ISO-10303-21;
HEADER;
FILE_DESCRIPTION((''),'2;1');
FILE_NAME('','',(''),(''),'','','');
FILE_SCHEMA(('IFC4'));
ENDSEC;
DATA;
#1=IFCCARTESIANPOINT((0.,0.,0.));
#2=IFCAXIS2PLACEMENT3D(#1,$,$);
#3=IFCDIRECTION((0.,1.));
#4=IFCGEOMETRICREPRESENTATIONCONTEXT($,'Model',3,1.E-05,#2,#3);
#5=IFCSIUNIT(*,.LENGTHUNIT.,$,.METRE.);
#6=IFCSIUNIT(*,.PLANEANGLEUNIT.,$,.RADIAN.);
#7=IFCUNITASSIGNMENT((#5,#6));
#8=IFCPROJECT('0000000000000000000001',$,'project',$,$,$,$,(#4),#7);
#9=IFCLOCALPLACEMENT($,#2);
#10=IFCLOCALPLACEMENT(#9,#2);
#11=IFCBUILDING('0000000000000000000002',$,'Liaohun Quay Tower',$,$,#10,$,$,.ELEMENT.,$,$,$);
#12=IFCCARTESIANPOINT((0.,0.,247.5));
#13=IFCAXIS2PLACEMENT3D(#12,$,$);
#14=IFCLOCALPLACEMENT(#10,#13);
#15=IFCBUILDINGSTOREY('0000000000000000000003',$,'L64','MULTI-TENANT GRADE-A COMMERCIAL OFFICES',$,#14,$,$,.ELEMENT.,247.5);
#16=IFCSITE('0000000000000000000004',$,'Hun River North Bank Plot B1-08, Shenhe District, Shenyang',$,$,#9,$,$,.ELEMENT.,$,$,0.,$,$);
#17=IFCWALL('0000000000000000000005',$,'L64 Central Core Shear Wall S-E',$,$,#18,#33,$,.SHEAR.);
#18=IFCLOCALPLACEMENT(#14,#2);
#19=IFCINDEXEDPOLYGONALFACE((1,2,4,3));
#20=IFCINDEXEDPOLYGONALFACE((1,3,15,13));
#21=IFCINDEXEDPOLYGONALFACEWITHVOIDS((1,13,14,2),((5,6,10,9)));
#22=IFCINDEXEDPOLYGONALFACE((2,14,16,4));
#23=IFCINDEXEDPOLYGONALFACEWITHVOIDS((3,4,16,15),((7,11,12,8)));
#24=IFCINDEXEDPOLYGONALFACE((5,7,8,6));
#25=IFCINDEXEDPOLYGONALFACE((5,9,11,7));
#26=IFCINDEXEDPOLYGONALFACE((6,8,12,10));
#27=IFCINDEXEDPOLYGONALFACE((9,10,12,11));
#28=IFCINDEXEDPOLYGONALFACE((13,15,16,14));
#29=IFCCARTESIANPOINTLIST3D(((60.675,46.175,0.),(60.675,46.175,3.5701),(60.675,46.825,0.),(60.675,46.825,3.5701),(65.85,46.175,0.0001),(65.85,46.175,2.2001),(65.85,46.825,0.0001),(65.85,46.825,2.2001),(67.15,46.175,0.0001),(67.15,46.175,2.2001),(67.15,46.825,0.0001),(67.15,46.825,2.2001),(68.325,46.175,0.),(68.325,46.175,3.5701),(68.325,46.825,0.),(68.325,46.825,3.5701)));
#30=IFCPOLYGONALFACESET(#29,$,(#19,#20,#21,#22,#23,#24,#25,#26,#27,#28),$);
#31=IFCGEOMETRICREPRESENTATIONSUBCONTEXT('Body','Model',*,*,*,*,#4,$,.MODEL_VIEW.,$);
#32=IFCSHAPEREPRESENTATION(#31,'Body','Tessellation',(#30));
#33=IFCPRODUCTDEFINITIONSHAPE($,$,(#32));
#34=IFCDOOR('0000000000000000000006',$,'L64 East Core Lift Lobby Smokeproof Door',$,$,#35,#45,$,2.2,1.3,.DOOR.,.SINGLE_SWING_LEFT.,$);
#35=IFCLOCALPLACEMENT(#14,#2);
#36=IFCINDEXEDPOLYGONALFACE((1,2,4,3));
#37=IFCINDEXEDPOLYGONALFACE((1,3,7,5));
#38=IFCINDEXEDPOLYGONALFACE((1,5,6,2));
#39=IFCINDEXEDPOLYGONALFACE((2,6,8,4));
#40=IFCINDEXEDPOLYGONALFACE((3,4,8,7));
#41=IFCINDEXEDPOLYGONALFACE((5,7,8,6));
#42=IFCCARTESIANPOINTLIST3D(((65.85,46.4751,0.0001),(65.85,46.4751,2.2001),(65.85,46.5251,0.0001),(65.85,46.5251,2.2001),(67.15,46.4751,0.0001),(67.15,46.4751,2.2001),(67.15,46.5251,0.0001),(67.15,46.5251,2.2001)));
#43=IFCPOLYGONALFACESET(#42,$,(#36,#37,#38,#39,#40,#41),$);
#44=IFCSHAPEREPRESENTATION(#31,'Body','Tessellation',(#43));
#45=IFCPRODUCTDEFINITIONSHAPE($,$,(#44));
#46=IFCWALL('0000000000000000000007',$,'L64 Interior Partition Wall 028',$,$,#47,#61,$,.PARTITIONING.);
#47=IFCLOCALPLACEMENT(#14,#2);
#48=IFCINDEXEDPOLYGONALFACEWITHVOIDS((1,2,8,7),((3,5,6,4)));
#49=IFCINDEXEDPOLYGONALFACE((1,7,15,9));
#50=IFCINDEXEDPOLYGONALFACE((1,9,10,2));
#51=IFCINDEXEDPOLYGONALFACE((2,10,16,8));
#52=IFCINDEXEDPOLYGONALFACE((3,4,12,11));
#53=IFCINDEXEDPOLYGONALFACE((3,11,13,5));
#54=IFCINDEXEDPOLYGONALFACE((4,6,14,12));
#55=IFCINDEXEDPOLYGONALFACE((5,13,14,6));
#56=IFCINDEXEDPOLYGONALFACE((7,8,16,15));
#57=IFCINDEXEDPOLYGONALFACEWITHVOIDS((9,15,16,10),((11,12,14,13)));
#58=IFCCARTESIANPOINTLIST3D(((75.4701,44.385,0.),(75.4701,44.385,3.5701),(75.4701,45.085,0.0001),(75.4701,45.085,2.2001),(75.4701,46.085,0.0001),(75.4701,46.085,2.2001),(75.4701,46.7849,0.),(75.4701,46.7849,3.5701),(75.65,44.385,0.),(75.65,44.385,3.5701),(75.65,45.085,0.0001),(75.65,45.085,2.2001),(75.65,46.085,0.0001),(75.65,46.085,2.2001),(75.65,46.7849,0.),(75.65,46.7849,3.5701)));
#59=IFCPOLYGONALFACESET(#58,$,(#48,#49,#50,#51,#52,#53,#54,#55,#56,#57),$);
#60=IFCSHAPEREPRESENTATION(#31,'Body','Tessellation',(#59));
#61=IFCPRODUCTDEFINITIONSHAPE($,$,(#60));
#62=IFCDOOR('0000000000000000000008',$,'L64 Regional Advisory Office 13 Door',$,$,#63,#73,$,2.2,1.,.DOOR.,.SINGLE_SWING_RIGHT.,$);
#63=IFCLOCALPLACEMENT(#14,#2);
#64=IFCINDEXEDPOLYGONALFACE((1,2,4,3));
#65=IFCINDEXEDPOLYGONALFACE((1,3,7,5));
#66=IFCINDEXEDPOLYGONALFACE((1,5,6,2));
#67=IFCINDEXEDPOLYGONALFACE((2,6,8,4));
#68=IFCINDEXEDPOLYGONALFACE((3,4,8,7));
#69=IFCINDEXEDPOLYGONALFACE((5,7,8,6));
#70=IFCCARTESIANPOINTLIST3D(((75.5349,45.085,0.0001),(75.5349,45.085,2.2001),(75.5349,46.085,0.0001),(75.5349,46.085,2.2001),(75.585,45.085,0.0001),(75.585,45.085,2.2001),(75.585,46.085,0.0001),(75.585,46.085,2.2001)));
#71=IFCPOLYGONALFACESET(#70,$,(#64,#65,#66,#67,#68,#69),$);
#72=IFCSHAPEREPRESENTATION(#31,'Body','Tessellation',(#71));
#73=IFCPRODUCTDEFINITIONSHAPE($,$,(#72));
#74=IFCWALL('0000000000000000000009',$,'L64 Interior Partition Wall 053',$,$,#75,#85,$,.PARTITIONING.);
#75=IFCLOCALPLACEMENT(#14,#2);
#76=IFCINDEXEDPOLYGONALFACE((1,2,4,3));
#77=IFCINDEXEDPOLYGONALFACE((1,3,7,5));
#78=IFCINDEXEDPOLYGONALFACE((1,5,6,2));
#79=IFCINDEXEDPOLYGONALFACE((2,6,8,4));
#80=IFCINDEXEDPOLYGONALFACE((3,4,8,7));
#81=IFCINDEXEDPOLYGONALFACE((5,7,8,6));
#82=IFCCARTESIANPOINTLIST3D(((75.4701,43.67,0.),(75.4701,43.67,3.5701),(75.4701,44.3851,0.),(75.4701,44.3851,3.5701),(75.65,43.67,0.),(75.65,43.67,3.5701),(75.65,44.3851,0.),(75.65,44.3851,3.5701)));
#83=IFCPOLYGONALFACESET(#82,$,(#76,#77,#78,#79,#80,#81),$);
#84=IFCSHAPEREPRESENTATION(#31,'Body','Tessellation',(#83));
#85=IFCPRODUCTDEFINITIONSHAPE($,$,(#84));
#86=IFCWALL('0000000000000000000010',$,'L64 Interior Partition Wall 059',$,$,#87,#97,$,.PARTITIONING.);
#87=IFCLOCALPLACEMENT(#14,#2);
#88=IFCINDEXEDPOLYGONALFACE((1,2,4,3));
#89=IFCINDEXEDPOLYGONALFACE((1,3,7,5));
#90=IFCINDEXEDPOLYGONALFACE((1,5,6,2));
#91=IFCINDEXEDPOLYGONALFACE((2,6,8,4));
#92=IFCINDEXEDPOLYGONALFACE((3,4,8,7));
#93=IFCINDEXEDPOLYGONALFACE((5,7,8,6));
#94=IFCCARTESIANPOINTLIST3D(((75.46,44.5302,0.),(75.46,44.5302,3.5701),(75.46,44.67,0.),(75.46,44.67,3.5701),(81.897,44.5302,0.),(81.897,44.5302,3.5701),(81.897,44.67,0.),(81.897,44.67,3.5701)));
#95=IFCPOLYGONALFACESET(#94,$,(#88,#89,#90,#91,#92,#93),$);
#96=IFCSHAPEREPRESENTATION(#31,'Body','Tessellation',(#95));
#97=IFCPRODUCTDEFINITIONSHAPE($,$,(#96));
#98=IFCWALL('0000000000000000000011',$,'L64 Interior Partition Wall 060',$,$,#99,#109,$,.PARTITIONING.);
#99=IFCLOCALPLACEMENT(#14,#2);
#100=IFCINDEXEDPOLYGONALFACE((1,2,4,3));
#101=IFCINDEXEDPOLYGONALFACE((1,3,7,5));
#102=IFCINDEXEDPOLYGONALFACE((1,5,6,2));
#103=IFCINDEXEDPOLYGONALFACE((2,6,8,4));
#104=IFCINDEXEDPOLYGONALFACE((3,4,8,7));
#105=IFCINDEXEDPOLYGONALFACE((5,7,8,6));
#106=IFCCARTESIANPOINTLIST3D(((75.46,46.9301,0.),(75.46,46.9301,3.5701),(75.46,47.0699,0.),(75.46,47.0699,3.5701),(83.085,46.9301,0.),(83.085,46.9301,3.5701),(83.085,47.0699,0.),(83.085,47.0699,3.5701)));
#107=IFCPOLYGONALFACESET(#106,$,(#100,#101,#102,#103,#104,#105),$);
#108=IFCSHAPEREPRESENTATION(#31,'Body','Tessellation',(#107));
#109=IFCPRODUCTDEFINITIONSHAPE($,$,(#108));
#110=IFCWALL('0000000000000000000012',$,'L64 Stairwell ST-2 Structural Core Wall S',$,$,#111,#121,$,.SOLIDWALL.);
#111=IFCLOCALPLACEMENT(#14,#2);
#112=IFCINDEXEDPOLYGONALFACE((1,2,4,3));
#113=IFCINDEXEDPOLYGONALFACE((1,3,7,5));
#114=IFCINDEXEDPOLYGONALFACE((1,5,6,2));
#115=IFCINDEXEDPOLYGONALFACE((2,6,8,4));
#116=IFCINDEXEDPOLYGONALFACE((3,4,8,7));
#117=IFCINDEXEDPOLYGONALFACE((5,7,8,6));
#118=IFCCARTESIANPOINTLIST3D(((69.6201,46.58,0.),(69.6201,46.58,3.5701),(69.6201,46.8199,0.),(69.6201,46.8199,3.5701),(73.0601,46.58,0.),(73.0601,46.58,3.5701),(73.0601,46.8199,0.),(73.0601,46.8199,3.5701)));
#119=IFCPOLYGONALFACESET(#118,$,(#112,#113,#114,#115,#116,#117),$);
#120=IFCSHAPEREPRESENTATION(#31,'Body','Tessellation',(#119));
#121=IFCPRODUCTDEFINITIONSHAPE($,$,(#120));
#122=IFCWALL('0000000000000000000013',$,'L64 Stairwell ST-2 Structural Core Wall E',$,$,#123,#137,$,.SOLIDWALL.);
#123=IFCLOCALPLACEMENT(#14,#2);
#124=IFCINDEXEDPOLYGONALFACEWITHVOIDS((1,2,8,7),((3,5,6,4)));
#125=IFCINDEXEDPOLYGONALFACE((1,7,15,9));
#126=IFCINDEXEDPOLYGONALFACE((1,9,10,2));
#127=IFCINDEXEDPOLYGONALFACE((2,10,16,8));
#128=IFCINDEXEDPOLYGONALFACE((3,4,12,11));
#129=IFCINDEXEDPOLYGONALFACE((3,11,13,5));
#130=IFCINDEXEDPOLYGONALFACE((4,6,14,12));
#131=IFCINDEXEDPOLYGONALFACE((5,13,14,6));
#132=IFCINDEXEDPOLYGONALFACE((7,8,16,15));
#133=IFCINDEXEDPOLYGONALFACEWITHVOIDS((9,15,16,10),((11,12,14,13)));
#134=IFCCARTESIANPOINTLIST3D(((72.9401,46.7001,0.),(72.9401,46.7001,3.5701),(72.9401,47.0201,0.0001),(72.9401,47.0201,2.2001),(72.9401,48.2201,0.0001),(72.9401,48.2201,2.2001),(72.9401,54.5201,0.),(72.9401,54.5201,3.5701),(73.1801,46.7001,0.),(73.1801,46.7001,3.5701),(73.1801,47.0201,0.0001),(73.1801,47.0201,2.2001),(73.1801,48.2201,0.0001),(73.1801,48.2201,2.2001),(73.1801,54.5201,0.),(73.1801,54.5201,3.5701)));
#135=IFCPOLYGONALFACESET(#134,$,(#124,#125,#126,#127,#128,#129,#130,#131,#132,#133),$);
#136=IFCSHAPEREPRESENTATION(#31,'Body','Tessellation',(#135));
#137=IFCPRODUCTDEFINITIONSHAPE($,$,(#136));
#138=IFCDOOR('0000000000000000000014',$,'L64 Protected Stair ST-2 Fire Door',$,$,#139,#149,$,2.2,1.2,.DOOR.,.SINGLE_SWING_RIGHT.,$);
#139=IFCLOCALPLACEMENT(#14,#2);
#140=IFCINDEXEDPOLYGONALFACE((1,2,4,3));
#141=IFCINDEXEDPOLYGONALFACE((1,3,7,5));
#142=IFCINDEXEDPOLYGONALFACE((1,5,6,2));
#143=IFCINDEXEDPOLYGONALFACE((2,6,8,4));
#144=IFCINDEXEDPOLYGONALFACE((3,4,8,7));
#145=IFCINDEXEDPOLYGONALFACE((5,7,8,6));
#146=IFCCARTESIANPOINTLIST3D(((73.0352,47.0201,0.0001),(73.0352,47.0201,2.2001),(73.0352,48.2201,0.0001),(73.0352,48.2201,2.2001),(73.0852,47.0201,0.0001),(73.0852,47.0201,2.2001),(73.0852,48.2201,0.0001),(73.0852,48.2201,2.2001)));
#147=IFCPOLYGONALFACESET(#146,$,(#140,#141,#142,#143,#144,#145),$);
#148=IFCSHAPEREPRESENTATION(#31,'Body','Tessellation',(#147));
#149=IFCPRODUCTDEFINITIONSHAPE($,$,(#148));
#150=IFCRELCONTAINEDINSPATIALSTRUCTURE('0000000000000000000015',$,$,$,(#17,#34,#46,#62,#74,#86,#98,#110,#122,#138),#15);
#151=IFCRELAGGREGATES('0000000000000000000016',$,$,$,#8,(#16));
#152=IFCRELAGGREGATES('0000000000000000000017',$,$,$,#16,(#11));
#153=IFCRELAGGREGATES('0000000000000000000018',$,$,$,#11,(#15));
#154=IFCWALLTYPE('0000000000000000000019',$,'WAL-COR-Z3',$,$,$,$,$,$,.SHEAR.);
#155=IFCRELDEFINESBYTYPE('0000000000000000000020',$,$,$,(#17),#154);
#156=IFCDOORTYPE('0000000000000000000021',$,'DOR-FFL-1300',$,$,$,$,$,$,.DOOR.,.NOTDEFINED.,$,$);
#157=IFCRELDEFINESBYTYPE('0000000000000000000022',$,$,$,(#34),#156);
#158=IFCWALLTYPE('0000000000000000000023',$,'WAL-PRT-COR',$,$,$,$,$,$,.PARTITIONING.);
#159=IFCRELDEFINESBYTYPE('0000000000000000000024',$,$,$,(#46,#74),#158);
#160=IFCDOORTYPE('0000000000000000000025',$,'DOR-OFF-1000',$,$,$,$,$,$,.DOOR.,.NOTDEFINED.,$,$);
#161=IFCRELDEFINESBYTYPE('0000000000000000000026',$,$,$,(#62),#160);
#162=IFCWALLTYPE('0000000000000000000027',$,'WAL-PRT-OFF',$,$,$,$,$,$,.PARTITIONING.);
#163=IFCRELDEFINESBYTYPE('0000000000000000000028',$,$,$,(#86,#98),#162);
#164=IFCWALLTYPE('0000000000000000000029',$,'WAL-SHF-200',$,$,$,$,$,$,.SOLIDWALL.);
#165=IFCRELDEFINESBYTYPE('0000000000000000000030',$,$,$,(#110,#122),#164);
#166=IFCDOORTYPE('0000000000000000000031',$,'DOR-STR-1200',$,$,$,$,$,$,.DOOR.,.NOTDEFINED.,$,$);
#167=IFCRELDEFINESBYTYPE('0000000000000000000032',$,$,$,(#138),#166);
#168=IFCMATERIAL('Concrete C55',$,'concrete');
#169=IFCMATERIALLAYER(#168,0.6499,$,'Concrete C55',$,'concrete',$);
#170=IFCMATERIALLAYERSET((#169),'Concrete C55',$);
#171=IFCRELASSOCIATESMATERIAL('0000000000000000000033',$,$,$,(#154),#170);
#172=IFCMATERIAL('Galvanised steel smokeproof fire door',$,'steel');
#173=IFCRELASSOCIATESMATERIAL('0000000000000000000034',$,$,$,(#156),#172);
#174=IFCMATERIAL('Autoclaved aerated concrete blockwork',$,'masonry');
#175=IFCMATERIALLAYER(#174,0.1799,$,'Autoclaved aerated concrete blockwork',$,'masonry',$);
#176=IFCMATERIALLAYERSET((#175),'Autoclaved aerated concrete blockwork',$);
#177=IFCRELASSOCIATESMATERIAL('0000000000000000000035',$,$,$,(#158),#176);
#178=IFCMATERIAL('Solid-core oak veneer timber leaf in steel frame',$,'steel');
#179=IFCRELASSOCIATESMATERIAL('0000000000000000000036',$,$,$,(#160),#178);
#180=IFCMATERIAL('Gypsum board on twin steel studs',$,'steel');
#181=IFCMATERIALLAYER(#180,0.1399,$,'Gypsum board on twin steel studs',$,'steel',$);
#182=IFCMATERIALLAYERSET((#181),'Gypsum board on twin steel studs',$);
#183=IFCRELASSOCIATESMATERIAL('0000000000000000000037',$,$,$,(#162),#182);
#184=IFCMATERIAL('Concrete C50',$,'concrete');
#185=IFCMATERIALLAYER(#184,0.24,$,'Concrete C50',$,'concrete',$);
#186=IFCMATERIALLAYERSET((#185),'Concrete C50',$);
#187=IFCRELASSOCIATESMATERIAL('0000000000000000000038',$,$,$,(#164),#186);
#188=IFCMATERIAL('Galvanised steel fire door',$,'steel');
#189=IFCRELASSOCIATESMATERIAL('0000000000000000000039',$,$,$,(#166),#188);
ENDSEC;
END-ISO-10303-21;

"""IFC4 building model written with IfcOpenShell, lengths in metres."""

from ifc_helpers import new_model, si_unit, direction, frame, frame_2d, origin, place, context, subcontext, project, spatial, rectangle, extrude, source, transform, mapped, material, layer, layer_set, type_object, element, fill, save


model = new_model("IFC4")

# Units and contexts
model_context = context("Model", 3, precision=1e-05, world=origin(), true_north=direction((0.0, 1.0)))
body_context = subcontext(model_context, "Body", "Model", "MODEL_VIEW")
ifc_project = project(units=[si_unit("LENGTHUNIT", "METRE"), si_unit("PLANEANGLEUNIT", "RADIAN")], contexts=[model_context])

# Site, building, storey
site_placement = place(None, origin())
site = spatial("IfcSite", under=ifc_project, at=site_placement, Name="Hun River North Bank Plot B1-08, Shenhe District, Shenyang", CompositionType="ELEMENT", RefElevation=0.0)
building_placement = place(site_placement, origin())
building = spatial("IfcBuilding", under=site, at=building_placement, Name="Liaohun Quay Tower", CompositionType="ELEMENT")
storey_placement = place(building_placement, frame((0.0, 0.0, 247.5)))
storey = spatial("IfcBuildingStorey", under=building, at=storey_placement, Name="L64", Description="MULTI-TENANT GRADE-A COMMERCIAL OFFICES", CompositionType="ELEMENT", Elevation=247.5)

# Shared definitions
ifc_material_1 = material(Name="Concrete C55", Category="concrete")

# Walls, openings, doors
ifc_layer_1 = layer(ifc_material_1, 0.6499, Name="Concrete C55", Category="concrete")
ifc_layer_set_1 = layer_set([ifc_layer_1], Name="Concrete C55")
wall_type_1 = type_object("IfcWallType", Name="WAL-COR-Z3", PredefinedType="SHEAR", material=ifc_layer_set_1)
wall_1_placement = place(storey_placement, frame((68.325, 46.5, 0.0), z_axis=(0.0, 0.0, 1.0), x_axis=(-1.0, 0.0, 0.0)))
wall_1 = element("IfcWall", 1, at=wall_1_placement, inside=storey, type_object=wall_type_1, Name="L64 Central Core Shear Wall S-E", PredefinedType="SHEAR", context=body_context, shape_type="SweptSolid", body=[
    extrude(rectangle(XDim=7.6499, YDim=0.6499, at=frame_2d((3.825, 0.0))), origin(), (0.0, 0.0, 1.0), 3.5701),
])
shared_shape_1 = source(origin(), body_context, "Body", "SweptSolid", [
    extrude(rectangle(XDim=1.3, YDim=2.2, at=frame_2d((0.6499, 1.1001))), frame((0.0, 0.335, 0.0), z_axis=(0.0, -1.0, 0.0), x_axis=(1.0, 0.0, 0.0)), (0.0, 0.0, 1.0), 0.6699),
])
opening_1_placement = place(wall_1_placement, frame((1.175, 0.0, 0.0)))
opening_1 = element("IfcOpeningElement", 2, at=opening_1_placement, cuts=wall_1, PredefinedType="OPENING", context=body_context, shape_type="MappedRepresentation", body=[
    mapped(shared_shape_1, transform((0.0, 0.0, 0.0), x_axis=(1.0, 0.0, 0.0), y_axis=(0.0, 1.0, 0.0), z_axis=(0.0, 0.0, 1.0), scale=1.0)),
])
ifc_material_2 = material(Name="Galvanised steel smokeproof fire door", Category="steel")
door_type_1 = type_object("IfcDoorType", Name="DOR-FFL-1300", OperationType="NOTDEFINED", PredefinedType="DOOR", material=ifc_material_2)
shared_shape_2 = source(origin(), body_context, "Body", "SweptSolid", [
    extrude(rectangle(XDim=1.3, YDim=2.2, at=frame_2d((0.6499, 1.1001))), frame((0.0, 0.0249, 0.0), z_axis=(0.0, -1.0, 0.0), x_axis=(1.0, 0.0, 0.0)), (0.0, 0.0, 1.0), 0.05),
])
door_1_placement = place(opening_1_placement, origin())
door_1 = element("IfcDoor", 3, at=door_1_placement, inside=storey, type_object=door_type_1, Name="L64 East Core Lift Lobby Smokeproof Door", OperationType="SINGLE_SWING_LEFT", OverallHeight=2.2, OverallWidth=1.3, PredefinedType="DOOR", context=body_context, shape_type="MappedRepresentation", body=[
    mapped(shared_shape_2, transform((0.0, 0.0, 0.0), x_axis=(1.0, 0.0, 0.0), y_axis=(0.0, 1.0, 0.0), z_axis=(0.0, 0.0, 1.0), scale=1.0)),
])
fill(opening_1, door_1)
ifc_material_3 = material(Name="Autoclaved aerated concrete blockwork", Category="masonry")
ifc_layer_2 = layer(ifc_material_3, 0.1799, Name="Autoclaved aerated concrete blockwork", Category="masonry")
ifc_layer_set_2 = layer_set([ifc_layer_2], Name="Autoclaved aerated concrete blockwork")
wall_type_2 = type_object("IfcWallType", Name="WAL-PRT-COR", PredefinedType="PARTITIONING", material=ifc_layer_set_2)
wall_2_placement = place(storey_placement, frame((75.5601, 46.7849, 0.0), z_axis=(0.0, 0.0, 1.0), x_axis=(0.0, -1.0, 0.0)))
wall_2 = element("IfcWall", 4, at=wall_2_placement, inside=storey, type_object=wall_type_2, Name="L64 Interior Partition Wall 028", PredefinedType="PARTITIONING", context=body_context, shape_type="SweptSolid", body=[
    extrude(rectangle(XDim=2.3999, YDim=0.1799, at=frame_2d((1.2, 0.0))), origin(), (0.0, 0.0, 1.0), 3.5701),
])
shared_shape_3 = source(origin(), body_context, "Body", "SweptSolid", [
    extrude(rectangle(XDim=1.0, YDim=2.2, at=frame_2d((0.5, 1.1001))), frame((0.0, 0.0999, 0.0), z_axis=(0.0, -1.0, 0.0), x_axis=(1.0, 0.0, 0.0)), (0.0, 0.0, 1.0), 0.2),
])
opening_2_placement = place(wall_2_placement, frame((0.7, 0.0, 0.0)))
opening_2 = element("IfcOpeningElement", 5, at=opening_2_placement, cuts=wall_2, PredefinedType="OPENING", context=body_context, shape_type="MappedRepresentation", body=[
    mapped(shared_shape_3, transform((0.0, 0.0, 0.0), x_axis=(1.0, 0.0, 0.0), y_axis=(0.0, 1.0, 0.0), z_axis=(0.0, 0.0, 1.0), scale=1.0)),
])
ifc_material_4 = material(Name="Solid-core oak veneer timber leaf in steel frame", Category="steel")
door_type_2 = type_object("IfcDoorType", Name="DOR-OFF-1000", OperationType="NOTDEFINED", PredefinedType="DOOR", material=ifc_material_4)
shared_shape_4 = source(origin(), body_context, "Body", "SweptSolid", [
    extrude(rectangle(XDim=1.0, YDim=2.2, at=frame_2d((0.5, 1.1001))), frame((0.0, 0.0249, 0.0), z_axis=(0.0, -1.0, 0.0), x_axis=(1.0, 0.0, 0.0)), (0.0, 0.0, 1.0), 0.05),
])
door_2_placement = place(opening_2_placement, origin())
door_2 = element("IfcDoor", 6, at=door_2_placement, inside=storey, type_object=door_type_2, Name="L64 Regional Advisory Office 13 Door", OperationType="SINGLE_SWING_RIGHT", OverallHeight=2.2, OverallWidth=1.0, PredefinedType="DOOR", context=body_context, shape_type="MappedRepresentation", body=[
    mapped(shared_shape_4, transform((0.0, 0.0, 0.0), x_axis=(1.0, 0.0, 0.0), y_axis=(0.0, 1.0, 0.0), z_axis=(0.0, 0.0, 1.0), scale=1.0)),
])
fill(opening_2, door_2)

# Walls
wall_3_placement = place(storey_placement, frame((75.5601, 44.385, 0.0), z_axis=(0.0, 0.0, 1.0), x_axis=(0.0, -1.0, 0.0)))
element("IfcWall", 7, at=wall_3_placement, inside=storey, type_object=wall_type_2, Name="L64 Interior Partition Wall 053", PredefinedType="PARTITIONING", context=body_context, shape_type="SweptSolid", body=[
    extrude(rectangle(XDim=0.7151, YDim=0.1799, at=frame_2d((0.3574, 0.0))), origin(), (0.0, 0.0, 1.0), 3.5701),
])
ifc_material_5 = material(Name="Gypsum board on twin steel studs", Category="steel")
ifc_layer_3 = layer(ifc_material_5, 0.1399, Name="Gypsum board on twin steel studs", Category="steel")
ifc_layer_set_3 = layer_set([ifc_layer_3], Name="Gypsum board on twin steel studs")
wall_type_3 = type_object("IfcWallType", Name="WAL-PRT-OFF", PredefinedType="PARTITIONING", material=ifc_layer_set_3)
wall_4_placement = place(storey_placement, frame((75.46, 44.6001, 0.0), z_axis=(0.0, 0.0, 1.0), x_axis=(1.0, 0.0, 0.0)))
element("IfcWall", 8, at=wall_4_placement, inside=storey, type_object=wall_type_3, Name="L64 Interior Partition Wall 059", PredefinedType="PARTITIONING", context=body_context, shape_type="SweptSolid", body=[
    extrude(rectangle(XDim=6.437, YDim=0.1399, at=frame_2d((3.2185, 0.0))), origin(), (0.0, 0.0, 1.0), 3.5701),
])
wall_5_placement = place(storey_placement, frame((75.46, 47.0, 0.0), z_axis=(0.0, 0.0, 1.0), x_axis=(1.0, 0.0, 0.0)))
element("IfcWall", 9, at=wall_5_placement, inside=storey, type_object=wall_type_3, Name="L64 Interior Partition Wall 060", PredefinedType="PARTITIONING", context=body_context, shape_type="SweptSolid", body=[
    extrude(rectangle(XDim=7.625, YDim=0.1399, at=frame_2d((3.8125, 0.0))), origin(), (0.0, 0.0, 1.0), 3.5701),
])
ifc_material_6 = material(Name="Concrete C50", Category="concrete")
ifc_layer_4 = layer(ifc_material_6, 0.24, Name="Concrete C50", Category="concrete")
ifc_layer_set_4 = layer_set([ifc_layer_4], Name="Concrete C50")
wall_type_4 = type_object("IfcWallType", Name="WAL-SHF-200", PredefinedType="SOLIDWALL", material=ifc_layer_set_4)
wall_6_placement = place(storey_placement, frame((69.6201, 46.7, 0.0), z_axis=(0.0, 0.0, 1.0), x_axis=(1.0, 0.0, 0.0)))
element("IfcWall", 10, at=wall_6_placement, inside=storey, type_object=wall_type_4, Name="L64 Stairwell ST-2 Structural Core Wall S", PredefinedType="SOLIDWALL", context=body_context, shape_type="SweptSolid", body=[
    extrude(rectangle(XDim=3.4399, YDim=0.24, at=frame_2d((1.72, 0.0))), origin(), (0.0, 0.0, 1.0), 3.5701),
])

# Wall, opening, door
wall_7_placement = place(storey_placement, frame((73.0601, 46.7, 0.0), z_axis=(0.0, 0.0, 1.0), x_axis=(0.0, 1.0, 0.0)))
wall_7 = element("IfcWall", 11, at=wall_7_placement, inside=storey, type_object=wall_type_4, Name="L64 Stairwell ST-2 Structural Core Wall E", PredefinedType="SOLIDWALL", context=body_context, shape_type="SweptSolid", body=[
    extrude(rectangle(XDim=7.8201, YDim=0.24, at=frame_2d((3.9102, 0.0))), origin(), (0.0, 0.0, 1.0), 3.5701),
])
shared_shape_5 = source(origin(), body_context, "Body", "SweptSolid", [
    extrude(rectangle(XDim=1.2, YDim=2.2, at=frame_2d((0.6001, 1.1001))), frame((0.0, 0.1299, 0.0), z_axis=(0.0, -1.0, 0.0), x_axis=(1.0, 0.0, 0.0)), (0.0, 0.0, 1.0), 0.26),
])
opening_3_placement = place(wall_7_placement, frame((0.3201, 0.0, 0.0)))
opening_3 = element("IfcOpeningElement", 12, at=opening_3_placement, cuts=wall_7, PredefinedType="OPENING", context=body_context, shape_type="MappedRepresentation", body=[
    mapped(shared_shape_5, transform((0.0, 0.0, 0.0), x_axis=(1.0, 0.0, 0.0), y_axis=(0.0, 1.0, 0.0), z_axis=(0.0, 0.0, 1.0), scale=1.0)),
])
ifc_material_7 = material(Name="Galvanised steel fire door", Category="steel")
door_type_3 = type_object("IfcDoorType", Name="DOR-STR-1200", OperationType="NOTDEFINED", PredefinedType="DOOR", material=ifc_material_7)
shared_shape_6 = source(origin(), body_context, "Body", "SweptSolid", [
    extrude(rectangle(XDim=1.2, YDim=2.2, at=frame_2d((0.6001, 1.1001))), frame((0.0, 0.0249, 0.0), z_axis=(0.0, -1.0, 0.0), x_axis=(1.0, 0.0, 0.0)), (0.0, 0.0, 1.0), 0.05),
])
door_3_placement = place(opening_3_placement, origin())
door_3 = element("IfcDoor", 13, at=door_3_placement, inside=storey, type_object=door_type_3, Name="L64 Protected Stair ST-2 Fire Door", OperationType="SINGLE_SWING_RIGHT", OverallHeight=2.2, OverallWidth=1.2, PredefinedType="DOOR", context=body_context, shape_type="MappedRepresentation", body=[
    mapped(shared_shape_6, transform((0.0, 0.0, 0.0), x_axis=(1.0, 0.0, 0.0), y_axis=(0.0, 1.0, 0.0), z_axis=(0.0, 0.0, 1.0), scale=1.0)),
])
fill(opening_3, door_3)

save(model, "model.ifc")
